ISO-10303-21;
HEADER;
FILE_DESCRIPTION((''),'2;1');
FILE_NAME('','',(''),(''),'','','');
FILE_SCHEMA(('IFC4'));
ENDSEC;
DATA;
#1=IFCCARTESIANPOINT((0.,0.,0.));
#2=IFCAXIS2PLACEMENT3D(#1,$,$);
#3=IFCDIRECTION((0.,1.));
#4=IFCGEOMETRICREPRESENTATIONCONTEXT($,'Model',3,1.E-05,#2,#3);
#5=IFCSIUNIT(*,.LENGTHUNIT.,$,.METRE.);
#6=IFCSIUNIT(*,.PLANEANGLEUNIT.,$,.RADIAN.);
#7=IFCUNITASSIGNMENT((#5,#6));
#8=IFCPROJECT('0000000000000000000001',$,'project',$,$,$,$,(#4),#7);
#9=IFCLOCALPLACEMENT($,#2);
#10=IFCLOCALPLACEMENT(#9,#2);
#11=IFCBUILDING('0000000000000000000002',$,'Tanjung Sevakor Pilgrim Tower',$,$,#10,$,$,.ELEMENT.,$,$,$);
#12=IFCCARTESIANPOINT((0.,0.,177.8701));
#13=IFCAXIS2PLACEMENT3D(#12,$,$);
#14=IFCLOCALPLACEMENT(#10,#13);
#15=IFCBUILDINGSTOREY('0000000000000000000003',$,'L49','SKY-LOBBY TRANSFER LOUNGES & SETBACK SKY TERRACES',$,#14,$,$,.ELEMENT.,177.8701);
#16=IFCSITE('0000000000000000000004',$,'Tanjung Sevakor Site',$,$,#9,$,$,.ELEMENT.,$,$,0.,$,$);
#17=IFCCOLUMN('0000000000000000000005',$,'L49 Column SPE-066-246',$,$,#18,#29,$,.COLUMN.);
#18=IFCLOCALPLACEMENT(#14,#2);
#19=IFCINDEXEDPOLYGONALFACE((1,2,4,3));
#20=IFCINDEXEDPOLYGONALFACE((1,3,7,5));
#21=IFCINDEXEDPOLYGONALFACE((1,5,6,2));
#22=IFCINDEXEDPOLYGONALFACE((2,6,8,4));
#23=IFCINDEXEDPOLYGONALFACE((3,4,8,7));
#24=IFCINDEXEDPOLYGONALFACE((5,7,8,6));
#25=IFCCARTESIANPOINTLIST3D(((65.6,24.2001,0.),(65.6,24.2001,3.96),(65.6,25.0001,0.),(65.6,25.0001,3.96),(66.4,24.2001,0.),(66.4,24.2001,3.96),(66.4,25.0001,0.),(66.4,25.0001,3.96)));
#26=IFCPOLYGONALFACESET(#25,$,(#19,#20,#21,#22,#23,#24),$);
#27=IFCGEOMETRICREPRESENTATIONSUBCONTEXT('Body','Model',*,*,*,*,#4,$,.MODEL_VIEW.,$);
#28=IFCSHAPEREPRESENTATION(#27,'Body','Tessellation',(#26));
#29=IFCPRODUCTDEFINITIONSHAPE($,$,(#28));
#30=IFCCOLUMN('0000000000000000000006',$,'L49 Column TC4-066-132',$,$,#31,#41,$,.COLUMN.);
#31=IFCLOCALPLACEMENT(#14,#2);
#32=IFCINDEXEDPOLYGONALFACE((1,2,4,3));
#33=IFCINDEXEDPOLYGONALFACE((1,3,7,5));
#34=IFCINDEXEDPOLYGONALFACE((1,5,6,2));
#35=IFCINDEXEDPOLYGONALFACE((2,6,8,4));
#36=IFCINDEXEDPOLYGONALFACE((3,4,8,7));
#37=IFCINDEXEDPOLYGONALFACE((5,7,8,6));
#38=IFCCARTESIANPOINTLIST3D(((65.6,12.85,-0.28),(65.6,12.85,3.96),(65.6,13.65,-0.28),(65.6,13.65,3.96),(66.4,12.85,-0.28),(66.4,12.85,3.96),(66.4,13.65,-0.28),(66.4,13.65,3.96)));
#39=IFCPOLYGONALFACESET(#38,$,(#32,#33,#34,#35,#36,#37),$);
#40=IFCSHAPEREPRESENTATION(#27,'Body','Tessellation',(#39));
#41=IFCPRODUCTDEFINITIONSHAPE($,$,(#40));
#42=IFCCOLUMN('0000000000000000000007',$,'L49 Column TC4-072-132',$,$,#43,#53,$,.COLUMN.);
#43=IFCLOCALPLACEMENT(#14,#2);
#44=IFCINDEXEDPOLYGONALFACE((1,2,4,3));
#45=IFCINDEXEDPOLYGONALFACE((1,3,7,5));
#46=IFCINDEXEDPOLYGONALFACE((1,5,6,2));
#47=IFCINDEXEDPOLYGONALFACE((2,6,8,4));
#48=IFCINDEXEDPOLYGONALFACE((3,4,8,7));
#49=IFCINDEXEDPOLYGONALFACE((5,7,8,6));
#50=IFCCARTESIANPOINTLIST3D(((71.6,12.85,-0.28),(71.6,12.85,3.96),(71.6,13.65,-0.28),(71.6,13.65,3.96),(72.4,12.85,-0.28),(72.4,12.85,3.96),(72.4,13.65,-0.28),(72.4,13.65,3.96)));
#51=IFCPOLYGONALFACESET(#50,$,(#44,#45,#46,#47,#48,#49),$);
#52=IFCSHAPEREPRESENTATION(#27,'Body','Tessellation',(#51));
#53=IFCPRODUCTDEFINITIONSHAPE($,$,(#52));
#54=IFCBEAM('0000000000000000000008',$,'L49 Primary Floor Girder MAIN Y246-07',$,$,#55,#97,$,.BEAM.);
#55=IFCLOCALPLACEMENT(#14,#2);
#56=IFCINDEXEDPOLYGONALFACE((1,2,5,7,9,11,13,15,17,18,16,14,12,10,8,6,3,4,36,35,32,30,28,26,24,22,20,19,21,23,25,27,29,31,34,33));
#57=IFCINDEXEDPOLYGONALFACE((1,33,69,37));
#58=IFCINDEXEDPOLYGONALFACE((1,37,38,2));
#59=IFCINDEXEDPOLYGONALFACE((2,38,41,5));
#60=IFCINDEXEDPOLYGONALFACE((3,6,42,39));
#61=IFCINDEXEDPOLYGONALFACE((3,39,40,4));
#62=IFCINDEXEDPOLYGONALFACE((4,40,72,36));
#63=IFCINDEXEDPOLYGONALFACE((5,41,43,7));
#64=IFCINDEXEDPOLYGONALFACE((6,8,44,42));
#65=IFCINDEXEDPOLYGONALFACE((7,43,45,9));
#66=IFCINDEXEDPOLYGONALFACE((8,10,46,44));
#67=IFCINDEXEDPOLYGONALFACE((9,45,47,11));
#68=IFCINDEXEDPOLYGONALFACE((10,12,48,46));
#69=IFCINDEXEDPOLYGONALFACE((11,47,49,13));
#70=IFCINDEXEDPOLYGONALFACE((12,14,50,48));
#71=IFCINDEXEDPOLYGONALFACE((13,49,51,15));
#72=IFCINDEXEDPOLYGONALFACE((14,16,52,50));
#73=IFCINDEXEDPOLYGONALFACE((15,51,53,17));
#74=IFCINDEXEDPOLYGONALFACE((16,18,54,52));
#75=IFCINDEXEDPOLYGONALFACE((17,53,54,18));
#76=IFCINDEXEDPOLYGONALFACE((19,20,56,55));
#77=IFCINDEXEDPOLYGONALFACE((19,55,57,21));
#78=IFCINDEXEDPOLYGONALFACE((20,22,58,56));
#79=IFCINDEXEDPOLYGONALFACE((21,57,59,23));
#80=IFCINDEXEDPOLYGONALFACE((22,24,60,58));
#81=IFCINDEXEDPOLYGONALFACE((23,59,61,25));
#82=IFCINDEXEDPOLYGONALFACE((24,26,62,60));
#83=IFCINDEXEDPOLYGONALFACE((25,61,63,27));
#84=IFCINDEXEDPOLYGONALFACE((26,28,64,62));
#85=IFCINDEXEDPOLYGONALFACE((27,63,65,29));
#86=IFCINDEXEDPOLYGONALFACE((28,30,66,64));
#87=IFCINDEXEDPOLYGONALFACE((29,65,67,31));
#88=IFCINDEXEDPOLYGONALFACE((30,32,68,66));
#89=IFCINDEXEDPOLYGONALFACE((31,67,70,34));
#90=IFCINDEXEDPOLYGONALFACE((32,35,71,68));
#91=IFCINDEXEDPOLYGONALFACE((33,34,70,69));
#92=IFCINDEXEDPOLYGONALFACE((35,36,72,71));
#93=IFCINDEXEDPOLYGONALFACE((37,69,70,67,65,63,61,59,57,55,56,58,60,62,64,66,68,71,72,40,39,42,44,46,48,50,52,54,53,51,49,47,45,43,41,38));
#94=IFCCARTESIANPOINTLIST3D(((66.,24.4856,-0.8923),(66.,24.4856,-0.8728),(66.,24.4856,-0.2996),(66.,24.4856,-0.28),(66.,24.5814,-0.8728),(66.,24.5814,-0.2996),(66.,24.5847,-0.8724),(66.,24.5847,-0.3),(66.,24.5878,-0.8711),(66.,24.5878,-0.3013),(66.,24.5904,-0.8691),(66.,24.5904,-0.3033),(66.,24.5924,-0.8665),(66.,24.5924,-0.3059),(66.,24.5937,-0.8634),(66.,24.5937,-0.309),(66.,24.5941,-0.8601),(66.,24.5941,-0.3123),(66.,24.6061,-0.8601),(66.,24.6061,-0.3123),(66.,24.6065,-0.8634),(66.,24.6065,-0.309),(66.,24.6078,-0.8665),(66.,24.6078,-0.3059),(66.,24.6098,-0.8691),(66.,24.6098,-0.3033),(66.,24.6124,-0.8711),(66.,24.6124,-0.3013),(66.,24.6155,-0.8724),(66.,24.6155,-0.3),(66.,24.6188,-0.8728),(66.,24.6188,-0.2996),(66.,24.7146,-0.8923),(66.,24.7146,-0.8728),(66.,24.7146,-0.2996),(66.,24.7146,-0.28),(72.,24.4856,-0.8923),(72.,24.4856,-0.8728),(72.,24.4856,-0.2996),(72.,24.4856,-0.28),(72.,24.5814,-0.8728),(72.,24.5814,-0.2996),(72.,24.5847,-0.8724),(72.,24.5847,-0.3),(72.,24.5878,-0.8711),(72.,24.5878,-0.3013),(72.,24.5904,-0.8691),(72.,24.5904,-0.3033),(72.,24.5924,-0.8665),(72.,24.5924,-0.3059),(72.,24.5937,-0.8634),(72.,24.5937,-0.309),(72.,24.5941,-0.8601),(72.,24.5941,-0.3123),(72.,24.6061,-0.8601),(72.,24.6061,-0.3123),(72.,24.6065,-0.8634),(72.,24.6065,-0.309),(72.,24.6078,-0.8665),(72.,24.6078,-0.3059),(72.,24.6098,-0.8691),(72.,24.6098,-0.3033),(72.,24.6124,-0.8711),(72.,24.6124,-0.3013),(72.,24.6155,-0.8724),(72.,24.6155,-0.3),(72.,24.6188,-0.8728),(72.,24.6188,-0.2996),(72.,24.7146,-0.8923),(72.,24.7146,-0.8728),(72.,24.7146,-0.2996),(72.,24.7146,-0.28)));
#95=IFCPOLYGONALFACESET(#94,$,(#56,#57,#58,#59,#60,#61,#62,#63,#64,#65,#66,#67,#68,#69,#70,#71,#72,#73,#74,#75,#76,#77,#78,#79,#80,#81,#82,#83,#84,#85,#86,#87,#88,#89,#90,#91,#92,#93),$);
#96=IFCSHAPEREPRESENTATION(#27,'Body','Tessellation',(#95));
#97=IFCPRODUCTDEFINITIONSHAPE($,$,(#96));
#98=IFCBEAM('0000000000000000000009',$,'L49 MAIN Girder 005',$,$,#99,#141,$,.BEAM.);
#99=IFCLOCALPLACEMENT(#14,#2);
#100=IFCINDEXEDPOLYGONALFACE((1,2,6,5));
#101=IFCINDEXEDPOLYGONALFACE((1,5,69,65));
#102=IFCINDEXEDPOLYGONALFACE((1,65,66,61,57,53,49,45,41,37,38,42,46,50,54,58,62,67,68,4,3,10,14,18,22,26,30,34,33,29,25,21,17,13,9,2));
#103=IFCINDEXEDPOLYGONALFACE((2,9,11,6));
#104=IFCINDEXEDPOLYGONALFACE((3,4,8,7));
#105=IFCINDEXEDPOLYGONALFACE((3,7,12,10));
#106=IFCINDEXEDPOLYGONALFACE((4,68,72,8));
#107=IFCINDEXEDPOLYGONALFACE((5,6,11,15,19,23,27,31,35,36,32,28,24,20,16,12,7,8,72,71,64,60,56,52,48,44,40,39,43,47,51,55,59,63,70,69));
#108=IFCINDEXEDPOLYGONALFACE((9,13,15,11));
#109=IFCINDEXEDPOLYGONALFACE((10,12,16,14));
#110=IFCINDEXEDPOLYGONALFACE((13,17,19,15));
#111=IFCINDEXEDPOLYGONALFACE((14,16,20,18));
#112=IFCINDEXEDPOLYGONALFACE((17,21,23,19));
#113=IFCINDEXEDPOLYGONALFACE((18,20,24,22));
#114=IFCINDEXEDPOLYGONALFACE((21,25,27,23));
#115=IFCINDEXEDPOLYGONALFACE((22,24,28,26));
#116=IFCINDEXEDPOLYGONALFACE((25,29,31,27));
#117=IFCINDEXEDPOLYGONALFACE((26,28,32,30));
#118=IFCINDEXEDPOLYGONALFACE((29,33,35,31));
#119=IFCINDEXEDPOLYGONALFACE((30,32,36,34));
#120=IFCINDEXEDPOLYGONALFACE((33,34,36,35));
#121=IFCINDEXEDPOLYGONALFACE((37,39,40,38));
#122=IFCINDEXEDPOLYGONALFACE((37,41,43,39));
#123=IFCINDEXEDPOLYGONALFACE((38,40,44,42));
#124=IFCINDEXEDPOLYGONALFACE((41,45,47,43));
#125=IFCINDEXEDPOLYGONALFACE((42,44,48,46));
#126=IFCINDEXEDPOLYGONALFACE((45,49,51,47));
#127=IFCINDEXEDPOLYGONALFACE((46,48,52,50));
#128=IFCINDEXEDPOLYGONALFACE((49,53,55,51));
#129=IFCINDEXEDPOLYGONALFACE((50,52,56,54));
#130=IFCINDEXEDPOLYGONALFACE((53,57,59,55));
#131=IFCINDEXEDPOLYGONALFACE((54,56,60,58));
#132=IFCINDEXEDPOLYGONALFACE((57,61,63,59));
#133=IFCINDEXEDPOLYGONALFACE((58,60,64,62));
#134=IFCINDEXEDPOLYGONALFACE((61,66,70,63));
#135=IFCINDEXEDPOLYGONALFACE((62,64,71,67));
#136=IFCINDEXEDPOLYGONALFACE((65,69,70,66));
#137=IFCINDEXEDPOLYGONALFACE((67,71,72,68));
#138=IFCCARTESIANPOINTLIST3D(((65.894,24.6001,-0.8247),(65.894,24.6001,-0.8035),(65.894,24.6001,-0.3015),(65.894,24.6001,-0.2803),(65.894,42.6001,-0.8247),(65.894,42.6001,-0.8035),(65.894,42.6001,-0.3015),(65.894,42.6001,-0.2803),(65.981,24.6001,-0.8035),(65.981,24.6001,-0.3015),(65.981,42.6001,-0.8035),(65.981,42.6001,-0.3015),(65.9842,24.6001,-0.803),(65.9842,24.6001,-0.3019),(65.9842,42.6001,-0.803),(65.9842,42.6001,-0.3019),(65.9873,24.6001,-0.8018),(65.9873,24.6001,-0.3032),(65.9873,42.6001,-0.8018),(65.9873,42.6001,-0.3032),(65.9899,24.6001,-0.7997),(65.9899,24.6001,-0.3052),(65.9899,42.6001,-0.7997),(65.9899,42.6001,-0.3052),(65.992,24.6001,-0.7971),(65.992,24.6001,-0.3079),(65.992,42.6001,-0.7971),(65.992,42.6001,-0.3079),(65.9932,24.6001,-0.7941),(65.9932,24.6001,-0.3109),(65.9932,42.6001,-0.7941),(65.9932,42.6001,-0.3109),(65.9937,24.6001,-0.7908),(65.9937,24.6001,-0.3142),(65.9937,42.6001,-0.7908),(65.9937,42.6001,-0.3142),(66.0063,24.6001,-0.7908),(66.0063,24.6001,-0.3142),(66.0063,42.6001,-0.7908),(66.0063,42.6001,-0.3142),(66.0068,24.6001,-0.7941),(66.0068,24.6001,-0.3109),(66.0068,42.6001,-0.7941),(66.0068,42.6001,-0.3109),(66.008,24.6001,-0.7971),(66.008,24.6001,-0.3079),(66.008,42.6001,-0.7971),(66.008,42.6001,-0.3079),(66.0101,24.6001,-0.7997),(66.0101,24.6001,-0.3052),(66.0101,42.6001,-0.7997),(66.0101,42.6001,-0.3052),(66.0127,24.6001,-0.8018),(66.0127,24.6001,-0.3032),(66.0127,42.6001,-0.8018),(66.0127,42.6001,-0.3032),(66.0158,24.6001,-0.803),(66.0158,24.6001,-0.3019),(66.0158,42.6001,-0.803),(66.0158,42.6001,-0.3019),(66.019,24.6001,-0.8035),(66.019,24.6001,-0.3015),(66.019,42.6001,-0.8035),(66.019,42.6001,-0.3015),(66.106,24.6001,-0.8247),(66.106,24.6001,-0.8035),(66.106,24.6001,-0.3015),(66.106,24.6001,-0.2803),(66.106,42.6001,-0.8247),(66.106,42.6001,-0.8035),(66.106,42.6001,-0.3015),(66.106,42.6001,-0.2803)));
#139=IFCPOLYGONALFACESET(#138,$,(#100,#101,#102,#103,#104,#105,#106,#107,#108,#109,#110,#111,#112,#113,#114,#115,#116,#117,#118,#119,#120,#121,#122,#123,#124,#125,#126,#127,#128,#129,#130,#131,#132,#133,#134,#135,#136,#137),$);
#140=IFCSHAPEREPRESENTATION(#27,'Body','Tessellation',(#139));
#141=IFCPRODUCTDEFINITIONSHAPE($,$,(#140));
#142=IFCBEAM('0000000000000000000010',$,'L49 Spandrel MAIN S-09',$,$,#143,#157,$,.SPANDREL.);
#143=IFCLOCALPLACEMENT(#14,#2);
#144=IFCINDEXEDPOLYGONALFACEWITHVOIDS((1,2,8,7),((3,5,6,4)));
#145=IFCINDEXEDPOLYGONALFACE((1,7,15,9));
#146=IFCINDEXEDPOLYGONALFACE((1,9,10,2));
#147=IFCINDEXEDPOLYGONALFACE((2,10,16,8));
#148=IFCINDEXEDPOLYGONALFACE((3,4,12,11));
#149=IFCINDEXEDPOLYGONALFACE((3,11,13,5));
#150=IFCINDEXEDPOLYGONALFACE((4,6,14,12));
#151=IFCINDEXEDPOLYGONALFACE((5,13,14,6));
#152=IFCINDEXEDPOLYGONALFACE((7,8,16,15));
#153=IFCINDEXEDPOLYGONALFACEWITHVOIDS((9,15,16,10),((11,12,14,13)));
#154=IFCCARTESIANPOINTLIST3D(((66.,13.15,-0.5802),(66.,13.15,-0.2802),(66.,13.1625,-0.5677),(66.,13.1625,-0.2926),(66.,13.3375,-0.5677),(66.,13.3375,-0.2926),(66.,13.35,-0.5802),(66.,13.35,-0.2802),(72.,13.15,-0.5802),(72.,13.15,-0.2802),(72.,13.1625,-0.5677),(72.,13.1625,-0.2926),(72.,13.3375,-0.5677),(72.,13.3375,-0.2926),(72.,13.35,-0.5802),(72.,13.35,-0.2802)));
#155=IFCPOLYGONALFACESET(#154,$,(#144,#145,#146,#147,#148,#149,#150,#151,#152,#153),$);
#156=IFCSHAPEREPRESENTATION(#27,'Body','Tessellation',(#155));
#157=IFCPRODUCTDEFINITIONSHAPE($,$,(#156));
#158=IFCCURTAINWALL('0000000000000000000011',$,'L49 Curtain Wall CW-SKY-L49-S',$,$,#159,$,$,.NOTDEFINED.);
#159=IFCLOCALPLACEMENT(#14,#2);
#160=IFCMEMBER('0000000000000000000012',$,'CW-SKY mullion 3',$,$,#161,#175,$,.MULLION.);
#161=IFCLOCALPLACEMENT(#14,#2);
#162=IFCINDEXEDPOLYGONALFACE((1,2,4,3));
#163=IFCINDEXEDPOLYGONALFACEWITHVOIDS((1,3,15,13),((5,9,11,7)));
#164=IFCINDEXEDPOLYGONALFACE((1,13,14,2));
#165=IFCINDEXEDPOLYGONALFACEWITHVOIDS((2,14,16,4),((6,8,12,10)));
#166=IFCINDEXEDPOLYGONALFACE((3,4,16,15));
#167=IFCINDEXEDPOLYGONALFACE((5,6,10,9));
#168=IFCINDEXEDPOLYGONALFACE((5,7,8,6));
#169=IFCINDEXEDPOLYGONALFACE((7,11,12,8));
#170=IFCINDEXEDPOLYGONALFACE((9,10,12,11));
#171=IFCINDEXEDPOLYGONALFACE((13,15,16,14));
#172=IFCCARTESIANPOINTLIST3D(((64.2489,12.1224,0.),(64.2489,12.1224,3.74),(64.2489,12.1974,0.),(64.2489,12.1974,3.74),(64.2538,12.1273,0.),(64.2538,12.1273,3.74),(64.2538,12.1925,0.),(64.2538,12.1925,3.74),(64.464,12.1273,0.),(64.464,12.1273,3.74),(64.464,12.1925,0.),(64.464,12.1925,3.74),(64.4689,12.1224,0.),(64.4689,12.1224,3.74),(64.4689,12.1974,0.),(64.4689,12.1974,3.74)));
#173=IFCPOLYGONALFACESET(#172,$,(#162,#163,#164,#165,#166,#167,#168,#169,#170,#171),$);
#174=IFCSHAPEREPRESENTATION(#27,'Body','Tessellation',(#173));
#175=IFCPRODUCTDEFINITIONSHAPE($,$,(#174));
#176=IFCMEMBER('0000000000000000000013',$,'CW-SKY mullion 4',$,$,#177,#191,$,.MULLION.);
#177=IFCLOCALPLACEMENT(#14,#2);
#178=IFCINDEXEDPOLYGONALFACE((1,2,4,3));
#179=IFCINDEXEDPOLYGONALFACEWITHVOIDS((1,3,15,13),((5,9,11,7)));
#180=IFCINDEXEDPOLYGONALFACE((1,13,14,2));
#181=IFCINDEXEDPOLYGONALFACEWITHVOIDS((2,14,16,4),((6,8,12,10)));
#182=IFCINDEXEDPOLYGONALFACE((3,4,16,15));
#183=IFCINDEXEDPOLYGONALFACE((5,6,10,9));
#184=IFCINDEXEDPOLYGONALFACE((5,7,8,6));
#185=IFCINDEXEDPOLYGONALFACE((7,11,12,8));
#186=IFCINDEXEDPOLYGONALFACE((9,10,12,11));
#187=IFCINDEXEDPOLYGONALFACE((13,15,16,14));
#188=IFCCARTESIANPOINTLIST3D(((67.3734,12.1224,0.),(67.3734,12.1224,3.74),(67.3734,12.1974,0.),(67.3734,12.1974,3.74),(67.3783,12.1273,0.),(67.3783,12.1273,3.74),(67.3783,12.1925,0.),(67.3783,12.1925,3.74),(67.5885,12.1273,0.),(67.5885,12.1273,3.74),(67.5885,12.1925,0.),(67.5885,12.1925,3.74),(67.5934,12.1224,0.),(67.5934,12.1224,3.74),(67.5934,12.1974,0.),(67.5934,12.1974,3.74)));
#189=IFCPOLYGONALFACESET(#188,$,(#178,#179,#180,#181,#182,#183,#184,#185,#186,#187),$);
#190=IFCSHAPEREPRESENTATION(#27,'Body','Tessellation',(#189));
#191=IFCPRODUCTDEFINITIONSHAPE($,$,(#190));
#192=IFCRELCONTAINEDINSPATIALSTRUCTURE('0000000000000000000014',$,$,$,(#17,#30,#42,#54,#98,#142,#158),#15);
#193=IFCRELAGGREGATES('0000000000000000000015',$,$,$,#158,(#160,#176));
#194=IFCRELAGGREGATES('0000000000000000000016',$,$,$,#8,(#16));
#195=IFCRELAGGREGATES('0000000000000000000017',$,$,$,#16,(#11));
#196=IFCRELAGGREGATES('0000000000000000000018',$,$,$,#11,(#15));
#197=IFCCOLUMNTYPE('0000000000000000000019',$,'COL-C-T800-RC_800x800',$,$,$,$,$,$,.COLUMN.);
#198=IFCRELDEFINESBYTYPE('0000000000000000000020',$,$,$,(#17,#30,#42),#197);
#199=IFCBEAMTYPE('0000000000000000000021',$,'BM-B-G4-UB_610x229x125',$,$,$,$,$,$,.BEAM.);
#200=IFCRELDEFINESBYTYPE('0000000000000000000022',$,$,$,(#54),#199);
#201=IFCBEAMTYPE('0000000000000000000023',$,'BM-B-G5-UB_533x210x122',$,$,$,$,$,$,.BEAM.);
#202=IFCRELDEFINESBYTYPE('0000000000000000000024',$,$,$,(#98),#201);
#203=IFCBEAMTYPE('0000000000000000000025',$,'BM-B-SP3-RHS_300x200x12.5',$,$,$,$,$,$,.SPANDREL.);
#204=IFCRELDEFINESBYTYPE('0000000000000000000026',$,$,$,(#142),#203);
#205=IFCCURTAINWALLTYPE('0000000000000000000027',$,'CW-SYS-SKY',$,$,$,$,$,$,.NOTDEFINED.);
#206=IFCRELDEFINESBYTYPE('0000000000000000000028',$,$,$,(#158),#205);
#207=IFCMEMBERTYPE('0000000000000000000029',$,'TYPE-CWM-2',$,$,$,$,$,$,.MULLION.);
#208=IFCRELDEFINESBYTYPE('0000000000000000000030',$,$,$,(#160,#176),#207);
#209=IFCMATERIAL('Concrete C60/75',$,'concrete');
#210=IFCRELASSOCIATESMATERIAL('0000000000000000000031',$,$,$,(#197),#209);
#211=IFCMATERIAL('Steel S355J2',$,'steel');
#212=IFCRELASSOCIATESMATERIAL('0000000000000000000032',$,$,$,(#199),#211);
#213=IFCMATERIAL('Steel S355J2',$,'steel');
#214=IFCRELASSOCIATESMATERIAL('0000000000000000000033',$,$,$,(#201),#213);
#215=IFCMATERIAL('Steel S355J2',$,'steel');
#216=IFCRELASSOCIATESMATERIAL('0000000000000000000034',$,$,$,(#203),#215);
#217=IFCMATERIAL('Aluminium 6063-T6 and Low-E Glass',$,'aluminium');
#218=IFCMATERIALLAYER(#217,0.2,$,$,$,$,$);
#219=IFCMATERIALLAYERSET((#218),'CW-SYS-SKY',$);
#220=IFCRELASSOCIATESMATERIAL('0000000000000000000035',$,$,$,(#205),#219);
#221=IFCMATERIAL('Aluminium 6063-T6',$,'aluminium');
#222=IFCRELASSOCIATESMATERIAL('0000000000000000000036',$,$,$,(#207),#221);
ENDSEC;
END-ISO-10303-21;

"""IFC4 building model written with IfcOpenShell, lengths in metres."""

from ifc_helpers import new_model, si_unit, direction, frame, origin, origin_2d, place, context, subcontext, project, spatial, rectangle, hollow_rectangle, i_section, extrude, material, layer, layer_set, material_profile, profile_set, type_object, element, aggregate, save


model = new_model("IFC4")

# Units and contexts
model_context = context("Model", 3, precision=1e-05, world=origin(), true_north=direction((0.0, 1.0)))
body_context = subcontext(model_context, "Body", "Model", "MODEL_VIEW")
ifc_project = project(units=[si_unit("LENGTHUNIT", "METRE"), si_unit("PLANEANGLEUNIT", "RADIAN")], contexts=[model_context])

# Site, building, storey
site_placement = place(None, origin())
site = spatial("IfcSite", under=ifc_project, at=site_placement, Name="Tanjung Sevakor Site", CompositionType="ELEMENT", RefElevation=0.0)
building_placement = place(site_placement, origin())
building = spatial("IfcBuilding", under=site, at=building_placement, Name="Tanjung Sevakor Pilgrim Tower", CompositionType="ELEMENT")
storey_placement = place(building_placement, frame((0.0, 0.0, 177.8701)))
storey = spatial("IfcBuildingStorey", under=building, at=storey_placement, Name="L49", Description="SKY-LOBBY TRANSFER LOUNGES & SETBACK SKY TERRACES", CompositionType="ELEMENT", Elevation=177.8701)

# Columns
ifc_material_1 = material(Name="Concrete C60/75", Category="concrete")
ifc_material_profile_1 = material_profile(ifc_material_1, rectangle(XDim=0.8, YDim=0.8, at=origin_2d()))
ifc_profile_set_1 = profile_set([ifc_material_profile_1], Name="Concrete C60/75")
column_type = type_object("IfcColumnType", Name="COL-C-T800-RC_800x800", PredefinedType="COLUMN", material=ifc_profile_set_1)
column_placement = place(storey_placement, frame((66.0, 24.6001, 0.0), z_axis=(0.0, 0.0, 1.0), x_axis=(1.0, 0.0, 0.0)))
element("IfcColumn", 1, at=column_placement, inside=storey, type_object=column_type, Name="L49 Column SPE-066-246", PredefinedType="COLUMN", context=body_context, shape_type="SweptSolid", body=[
    extrude(rectangle(XDim=0.8, YDim=0.8, at=origin_2d()), origin(), (0.0, 0.0, 1.0), 3.96),
])
for number, where, z_axis, x_axis, name in (
    (2, (66.0, 13.25, -0.28), (0.0, 0.0, 1.0), (1.0, 0.0, 0.0), "L49 Column TC4-066-132"),
    (3, (72.0, 13.25, -0.28), (0.0, 0.0, 1.0), (1.0, 0.0, 0.0), "L49 Column TC4-072-132"),
):
    element("IfcColumn", number, at=place(storey_placement, frame(where, z_axis=z_axis, x_axis=x_axis)), inside=storey, type_object=column_type, Name=name, PredefinedType="COLUMN", context=body_context, shape_type="SweptSolid", body=[
        extrude(rectangle(XDim=0.8, YDim=0.8, at=origin_2d()), origin(), (0.0, 0.0, 1.0), 4.24),
    ])

# Beams
ifc_material_2 = material(Name="Steel S355J2", Category="steel")
ifc_material_profile_2 = material_profile(ifc_material_2, i_section(OverallWidth=0.229, OverallDepth=0.6123, WebThickness=0.012, FlangeThickness=0.0195, FilletRadius=0.0127, at=origin_2d()))
ifc_profile_set_2 = profile_set([ifc_material_profile_2], Name="Steel S355J2")
beam_type_1 = type_object("IfcBeamType", Name="BM-B-G4-UB_610x229x125", PredefinedType="BEAM", material=ifc_profile_set_2)
beam_1_placement = place(storey_placement, frame((66.0, 24.6001, -0.5862), z_axis=(1.0, 0.0, 0.0), x_axis=(0.0, 1.0, 0.0)))
element("IfcBeam", 4, at=beam_1_placement, inside=storey, type_object=beam_type_1, Name="L49 Primary Floor Girder MAIN Y246-07", PredefinedType="BEAM", context=body_context, shape_type="SweptSolid", body=[
    extrude(i_section(OverallWidth=0.229, OverallDepth=0.6123, WebThickness=0.012, FlangeThickness=0.0195, FilletRadius=0.0127, at=origin_2d()), origin(), (0.0, 0.0, 1.0), 6.0),
])
ifc_material_3 = material(Name="Steel S355J2", Category="steel")
ifc_material_profile_3 = material_profile(ifc_material_3, i_section(OverallWidth=0.2119, OverallDepth=0.5444, WebThickness=0.0127, FlangeThickness=0.0212, FilletRadius=0.0127, at=origin_2d()))
ifc_profile_set_3 = profile_set([ifc_material_profile_3], Name="Steel S355J2")
beam_type_2 = type_object("IfcBeamType", Name="BM-B-G5-UB_533x210x122", PredefinedType="BEAM", material=ifc_profile_set_3)
beam_2_placement = place(storey_placement, frame((66.0, 24.6001, -0.5525), z_axis=(0.0, 1.0, 0.0), x_axis=(-1.0, 0.0, 0.0)))
element("IfcBeam", 5, at=beam_2_placement, inside=storey, type_object=beam_type_2, Name="L49 MAIN Girder 005", PredefinedType="BEAM", context=body_context, shape_type="SweptSolid", body=[
    extrude(i_section(OverallWidth=0.2119, OverallDepth=0.5444, WebThickness=0.0127, FlangeThickness=0.0212, FilletRadius=0.0127, at=origin_2d()), origin(), (0.0, 0.0, 1.0), 18.0),
])
ifc_material_4 = material(Name="Steel S355J2", Category="steel")
ifc_material_profile_4 = material_profile(ifc_material_4, hollow_rectangle(XDim=0.2, YDim=0.3, WallThickness=0.0125, at=origin_2d()))
ifc_profile_set_4 = profile_set([ifc_material_profile_4], Name="Steel S355J2")
beam_type_3 = type_object("IfcBeamType", Name="BM-B-SP3-RHS_300x200x12.5", PredefinedType="SPANDREL", material=ifc_profile_set_4)
beam_3_placement = place(storey_placement, frame((66.0, 13.25, -0.4302), z_axis=(1.0, 0.0, 0.0), x_axis=(0.0, 1.0, 0.0)))
element("IfcBeam", 6, at=beam_3_placement, inside=storey, type_object=beam_type_3, Name="L49 Spandrel MAIN S-09", PredefinedType="SPANDREL", context=body_context, shape_type="SweptSolid", body=[
    extrude(hollow_rectangle(XDim=0.2, YDim=0.3, WallThickness=0.0125, at=origin_2d()), origin(), (0.0, 0.0, 1.0), 6.0),
])

# Curtain wall, members
ifc_material_5 = material(Name="Aluminium 6063-T6 and Low-E Glass", Category="aluminium")
ifc_layer_1 = layer(ifc_material_5, 0.2)
ifc_layer_set_1 = layer_set([ifc_layer_1], Name="CW-SYS-SKY")
curtain_wall_type = type_object("IfcCurtainWallType", Name="CW-SYS-SKY", PredefinedType="NOTDEFINED", material=ifc_layer_set_1)
curtain_wall_placement = place(storey_placement, origin())
curtain_wall = element("IfcCurtainWall", 7, at=curtain_wall_placement, inside=storey, type_object=curtain_wall_type, Name="L49 Curtain Wall CW-SKY-L49-S", PredefinedType="NOTDEFINED")
ifc_material_6 = material(Name="Aluminium 6063-T6", Category="aluminium")
ifc_material_profile_5 = material_profile(ifc_material_6, hollow_rectangle(XDim=0.075, YDim=0.22, WallThickness=0.0049, at=origin_2d()))
ifc_profile_set_5 = profile_set([ifc_material_profile_5], Name="Aluminium 6063-T6")
member_type_1 = type_object("IfcMemberType", Name="TYPE-CWM-2", PredefinedType="MULLION", material=ifc_profile_set_5)
member_1_placement = place(storey_placement, frame((64.3589, 12.1599, 0.0), z_axis=(0.0, 0.0, 1.0), x_axis=(0.0, 1.0, 0.0)))
member_1 = element("IfcMember", 8, at=member_1_placement, type_object=member_type_1, Name="CW-SKY mullion 3", PredefinedType="MULLION", context=body_context, shape_type="SweptSolid", body=[
    extrude(hollow_rectangle(XDim=0.075, YDim=0.22, WallThickness=0.0049, at=origin_2d()), origin(), (0.0, 0.0, 1.0), 3.74),
])
member_2_placement = place(storey_placement, frame((67.4834, 12.1599, 0.0), z_axis=(0.0, 0.0, 1.0), x_axis=(0.0, 1.0, 0.0)))
member_2 = element("IfcMember", 9, at=member_2_placement, type_object=member_type_1, Name="CW-SKY mullion 4", PredefinedType="MULLION", context=body_context, shape_type="SweptSolid", body=[
    extrude(hollow_rectangle(XDim=0.075, YDim=0.22, WallThickness=0.0049, at=origin_2d()), origin(), (0.0, 0.0, 1.0), 3.74),
])
aggregate(curtain_wall, [member_1, member_2])

save(model, "model.ifc")
